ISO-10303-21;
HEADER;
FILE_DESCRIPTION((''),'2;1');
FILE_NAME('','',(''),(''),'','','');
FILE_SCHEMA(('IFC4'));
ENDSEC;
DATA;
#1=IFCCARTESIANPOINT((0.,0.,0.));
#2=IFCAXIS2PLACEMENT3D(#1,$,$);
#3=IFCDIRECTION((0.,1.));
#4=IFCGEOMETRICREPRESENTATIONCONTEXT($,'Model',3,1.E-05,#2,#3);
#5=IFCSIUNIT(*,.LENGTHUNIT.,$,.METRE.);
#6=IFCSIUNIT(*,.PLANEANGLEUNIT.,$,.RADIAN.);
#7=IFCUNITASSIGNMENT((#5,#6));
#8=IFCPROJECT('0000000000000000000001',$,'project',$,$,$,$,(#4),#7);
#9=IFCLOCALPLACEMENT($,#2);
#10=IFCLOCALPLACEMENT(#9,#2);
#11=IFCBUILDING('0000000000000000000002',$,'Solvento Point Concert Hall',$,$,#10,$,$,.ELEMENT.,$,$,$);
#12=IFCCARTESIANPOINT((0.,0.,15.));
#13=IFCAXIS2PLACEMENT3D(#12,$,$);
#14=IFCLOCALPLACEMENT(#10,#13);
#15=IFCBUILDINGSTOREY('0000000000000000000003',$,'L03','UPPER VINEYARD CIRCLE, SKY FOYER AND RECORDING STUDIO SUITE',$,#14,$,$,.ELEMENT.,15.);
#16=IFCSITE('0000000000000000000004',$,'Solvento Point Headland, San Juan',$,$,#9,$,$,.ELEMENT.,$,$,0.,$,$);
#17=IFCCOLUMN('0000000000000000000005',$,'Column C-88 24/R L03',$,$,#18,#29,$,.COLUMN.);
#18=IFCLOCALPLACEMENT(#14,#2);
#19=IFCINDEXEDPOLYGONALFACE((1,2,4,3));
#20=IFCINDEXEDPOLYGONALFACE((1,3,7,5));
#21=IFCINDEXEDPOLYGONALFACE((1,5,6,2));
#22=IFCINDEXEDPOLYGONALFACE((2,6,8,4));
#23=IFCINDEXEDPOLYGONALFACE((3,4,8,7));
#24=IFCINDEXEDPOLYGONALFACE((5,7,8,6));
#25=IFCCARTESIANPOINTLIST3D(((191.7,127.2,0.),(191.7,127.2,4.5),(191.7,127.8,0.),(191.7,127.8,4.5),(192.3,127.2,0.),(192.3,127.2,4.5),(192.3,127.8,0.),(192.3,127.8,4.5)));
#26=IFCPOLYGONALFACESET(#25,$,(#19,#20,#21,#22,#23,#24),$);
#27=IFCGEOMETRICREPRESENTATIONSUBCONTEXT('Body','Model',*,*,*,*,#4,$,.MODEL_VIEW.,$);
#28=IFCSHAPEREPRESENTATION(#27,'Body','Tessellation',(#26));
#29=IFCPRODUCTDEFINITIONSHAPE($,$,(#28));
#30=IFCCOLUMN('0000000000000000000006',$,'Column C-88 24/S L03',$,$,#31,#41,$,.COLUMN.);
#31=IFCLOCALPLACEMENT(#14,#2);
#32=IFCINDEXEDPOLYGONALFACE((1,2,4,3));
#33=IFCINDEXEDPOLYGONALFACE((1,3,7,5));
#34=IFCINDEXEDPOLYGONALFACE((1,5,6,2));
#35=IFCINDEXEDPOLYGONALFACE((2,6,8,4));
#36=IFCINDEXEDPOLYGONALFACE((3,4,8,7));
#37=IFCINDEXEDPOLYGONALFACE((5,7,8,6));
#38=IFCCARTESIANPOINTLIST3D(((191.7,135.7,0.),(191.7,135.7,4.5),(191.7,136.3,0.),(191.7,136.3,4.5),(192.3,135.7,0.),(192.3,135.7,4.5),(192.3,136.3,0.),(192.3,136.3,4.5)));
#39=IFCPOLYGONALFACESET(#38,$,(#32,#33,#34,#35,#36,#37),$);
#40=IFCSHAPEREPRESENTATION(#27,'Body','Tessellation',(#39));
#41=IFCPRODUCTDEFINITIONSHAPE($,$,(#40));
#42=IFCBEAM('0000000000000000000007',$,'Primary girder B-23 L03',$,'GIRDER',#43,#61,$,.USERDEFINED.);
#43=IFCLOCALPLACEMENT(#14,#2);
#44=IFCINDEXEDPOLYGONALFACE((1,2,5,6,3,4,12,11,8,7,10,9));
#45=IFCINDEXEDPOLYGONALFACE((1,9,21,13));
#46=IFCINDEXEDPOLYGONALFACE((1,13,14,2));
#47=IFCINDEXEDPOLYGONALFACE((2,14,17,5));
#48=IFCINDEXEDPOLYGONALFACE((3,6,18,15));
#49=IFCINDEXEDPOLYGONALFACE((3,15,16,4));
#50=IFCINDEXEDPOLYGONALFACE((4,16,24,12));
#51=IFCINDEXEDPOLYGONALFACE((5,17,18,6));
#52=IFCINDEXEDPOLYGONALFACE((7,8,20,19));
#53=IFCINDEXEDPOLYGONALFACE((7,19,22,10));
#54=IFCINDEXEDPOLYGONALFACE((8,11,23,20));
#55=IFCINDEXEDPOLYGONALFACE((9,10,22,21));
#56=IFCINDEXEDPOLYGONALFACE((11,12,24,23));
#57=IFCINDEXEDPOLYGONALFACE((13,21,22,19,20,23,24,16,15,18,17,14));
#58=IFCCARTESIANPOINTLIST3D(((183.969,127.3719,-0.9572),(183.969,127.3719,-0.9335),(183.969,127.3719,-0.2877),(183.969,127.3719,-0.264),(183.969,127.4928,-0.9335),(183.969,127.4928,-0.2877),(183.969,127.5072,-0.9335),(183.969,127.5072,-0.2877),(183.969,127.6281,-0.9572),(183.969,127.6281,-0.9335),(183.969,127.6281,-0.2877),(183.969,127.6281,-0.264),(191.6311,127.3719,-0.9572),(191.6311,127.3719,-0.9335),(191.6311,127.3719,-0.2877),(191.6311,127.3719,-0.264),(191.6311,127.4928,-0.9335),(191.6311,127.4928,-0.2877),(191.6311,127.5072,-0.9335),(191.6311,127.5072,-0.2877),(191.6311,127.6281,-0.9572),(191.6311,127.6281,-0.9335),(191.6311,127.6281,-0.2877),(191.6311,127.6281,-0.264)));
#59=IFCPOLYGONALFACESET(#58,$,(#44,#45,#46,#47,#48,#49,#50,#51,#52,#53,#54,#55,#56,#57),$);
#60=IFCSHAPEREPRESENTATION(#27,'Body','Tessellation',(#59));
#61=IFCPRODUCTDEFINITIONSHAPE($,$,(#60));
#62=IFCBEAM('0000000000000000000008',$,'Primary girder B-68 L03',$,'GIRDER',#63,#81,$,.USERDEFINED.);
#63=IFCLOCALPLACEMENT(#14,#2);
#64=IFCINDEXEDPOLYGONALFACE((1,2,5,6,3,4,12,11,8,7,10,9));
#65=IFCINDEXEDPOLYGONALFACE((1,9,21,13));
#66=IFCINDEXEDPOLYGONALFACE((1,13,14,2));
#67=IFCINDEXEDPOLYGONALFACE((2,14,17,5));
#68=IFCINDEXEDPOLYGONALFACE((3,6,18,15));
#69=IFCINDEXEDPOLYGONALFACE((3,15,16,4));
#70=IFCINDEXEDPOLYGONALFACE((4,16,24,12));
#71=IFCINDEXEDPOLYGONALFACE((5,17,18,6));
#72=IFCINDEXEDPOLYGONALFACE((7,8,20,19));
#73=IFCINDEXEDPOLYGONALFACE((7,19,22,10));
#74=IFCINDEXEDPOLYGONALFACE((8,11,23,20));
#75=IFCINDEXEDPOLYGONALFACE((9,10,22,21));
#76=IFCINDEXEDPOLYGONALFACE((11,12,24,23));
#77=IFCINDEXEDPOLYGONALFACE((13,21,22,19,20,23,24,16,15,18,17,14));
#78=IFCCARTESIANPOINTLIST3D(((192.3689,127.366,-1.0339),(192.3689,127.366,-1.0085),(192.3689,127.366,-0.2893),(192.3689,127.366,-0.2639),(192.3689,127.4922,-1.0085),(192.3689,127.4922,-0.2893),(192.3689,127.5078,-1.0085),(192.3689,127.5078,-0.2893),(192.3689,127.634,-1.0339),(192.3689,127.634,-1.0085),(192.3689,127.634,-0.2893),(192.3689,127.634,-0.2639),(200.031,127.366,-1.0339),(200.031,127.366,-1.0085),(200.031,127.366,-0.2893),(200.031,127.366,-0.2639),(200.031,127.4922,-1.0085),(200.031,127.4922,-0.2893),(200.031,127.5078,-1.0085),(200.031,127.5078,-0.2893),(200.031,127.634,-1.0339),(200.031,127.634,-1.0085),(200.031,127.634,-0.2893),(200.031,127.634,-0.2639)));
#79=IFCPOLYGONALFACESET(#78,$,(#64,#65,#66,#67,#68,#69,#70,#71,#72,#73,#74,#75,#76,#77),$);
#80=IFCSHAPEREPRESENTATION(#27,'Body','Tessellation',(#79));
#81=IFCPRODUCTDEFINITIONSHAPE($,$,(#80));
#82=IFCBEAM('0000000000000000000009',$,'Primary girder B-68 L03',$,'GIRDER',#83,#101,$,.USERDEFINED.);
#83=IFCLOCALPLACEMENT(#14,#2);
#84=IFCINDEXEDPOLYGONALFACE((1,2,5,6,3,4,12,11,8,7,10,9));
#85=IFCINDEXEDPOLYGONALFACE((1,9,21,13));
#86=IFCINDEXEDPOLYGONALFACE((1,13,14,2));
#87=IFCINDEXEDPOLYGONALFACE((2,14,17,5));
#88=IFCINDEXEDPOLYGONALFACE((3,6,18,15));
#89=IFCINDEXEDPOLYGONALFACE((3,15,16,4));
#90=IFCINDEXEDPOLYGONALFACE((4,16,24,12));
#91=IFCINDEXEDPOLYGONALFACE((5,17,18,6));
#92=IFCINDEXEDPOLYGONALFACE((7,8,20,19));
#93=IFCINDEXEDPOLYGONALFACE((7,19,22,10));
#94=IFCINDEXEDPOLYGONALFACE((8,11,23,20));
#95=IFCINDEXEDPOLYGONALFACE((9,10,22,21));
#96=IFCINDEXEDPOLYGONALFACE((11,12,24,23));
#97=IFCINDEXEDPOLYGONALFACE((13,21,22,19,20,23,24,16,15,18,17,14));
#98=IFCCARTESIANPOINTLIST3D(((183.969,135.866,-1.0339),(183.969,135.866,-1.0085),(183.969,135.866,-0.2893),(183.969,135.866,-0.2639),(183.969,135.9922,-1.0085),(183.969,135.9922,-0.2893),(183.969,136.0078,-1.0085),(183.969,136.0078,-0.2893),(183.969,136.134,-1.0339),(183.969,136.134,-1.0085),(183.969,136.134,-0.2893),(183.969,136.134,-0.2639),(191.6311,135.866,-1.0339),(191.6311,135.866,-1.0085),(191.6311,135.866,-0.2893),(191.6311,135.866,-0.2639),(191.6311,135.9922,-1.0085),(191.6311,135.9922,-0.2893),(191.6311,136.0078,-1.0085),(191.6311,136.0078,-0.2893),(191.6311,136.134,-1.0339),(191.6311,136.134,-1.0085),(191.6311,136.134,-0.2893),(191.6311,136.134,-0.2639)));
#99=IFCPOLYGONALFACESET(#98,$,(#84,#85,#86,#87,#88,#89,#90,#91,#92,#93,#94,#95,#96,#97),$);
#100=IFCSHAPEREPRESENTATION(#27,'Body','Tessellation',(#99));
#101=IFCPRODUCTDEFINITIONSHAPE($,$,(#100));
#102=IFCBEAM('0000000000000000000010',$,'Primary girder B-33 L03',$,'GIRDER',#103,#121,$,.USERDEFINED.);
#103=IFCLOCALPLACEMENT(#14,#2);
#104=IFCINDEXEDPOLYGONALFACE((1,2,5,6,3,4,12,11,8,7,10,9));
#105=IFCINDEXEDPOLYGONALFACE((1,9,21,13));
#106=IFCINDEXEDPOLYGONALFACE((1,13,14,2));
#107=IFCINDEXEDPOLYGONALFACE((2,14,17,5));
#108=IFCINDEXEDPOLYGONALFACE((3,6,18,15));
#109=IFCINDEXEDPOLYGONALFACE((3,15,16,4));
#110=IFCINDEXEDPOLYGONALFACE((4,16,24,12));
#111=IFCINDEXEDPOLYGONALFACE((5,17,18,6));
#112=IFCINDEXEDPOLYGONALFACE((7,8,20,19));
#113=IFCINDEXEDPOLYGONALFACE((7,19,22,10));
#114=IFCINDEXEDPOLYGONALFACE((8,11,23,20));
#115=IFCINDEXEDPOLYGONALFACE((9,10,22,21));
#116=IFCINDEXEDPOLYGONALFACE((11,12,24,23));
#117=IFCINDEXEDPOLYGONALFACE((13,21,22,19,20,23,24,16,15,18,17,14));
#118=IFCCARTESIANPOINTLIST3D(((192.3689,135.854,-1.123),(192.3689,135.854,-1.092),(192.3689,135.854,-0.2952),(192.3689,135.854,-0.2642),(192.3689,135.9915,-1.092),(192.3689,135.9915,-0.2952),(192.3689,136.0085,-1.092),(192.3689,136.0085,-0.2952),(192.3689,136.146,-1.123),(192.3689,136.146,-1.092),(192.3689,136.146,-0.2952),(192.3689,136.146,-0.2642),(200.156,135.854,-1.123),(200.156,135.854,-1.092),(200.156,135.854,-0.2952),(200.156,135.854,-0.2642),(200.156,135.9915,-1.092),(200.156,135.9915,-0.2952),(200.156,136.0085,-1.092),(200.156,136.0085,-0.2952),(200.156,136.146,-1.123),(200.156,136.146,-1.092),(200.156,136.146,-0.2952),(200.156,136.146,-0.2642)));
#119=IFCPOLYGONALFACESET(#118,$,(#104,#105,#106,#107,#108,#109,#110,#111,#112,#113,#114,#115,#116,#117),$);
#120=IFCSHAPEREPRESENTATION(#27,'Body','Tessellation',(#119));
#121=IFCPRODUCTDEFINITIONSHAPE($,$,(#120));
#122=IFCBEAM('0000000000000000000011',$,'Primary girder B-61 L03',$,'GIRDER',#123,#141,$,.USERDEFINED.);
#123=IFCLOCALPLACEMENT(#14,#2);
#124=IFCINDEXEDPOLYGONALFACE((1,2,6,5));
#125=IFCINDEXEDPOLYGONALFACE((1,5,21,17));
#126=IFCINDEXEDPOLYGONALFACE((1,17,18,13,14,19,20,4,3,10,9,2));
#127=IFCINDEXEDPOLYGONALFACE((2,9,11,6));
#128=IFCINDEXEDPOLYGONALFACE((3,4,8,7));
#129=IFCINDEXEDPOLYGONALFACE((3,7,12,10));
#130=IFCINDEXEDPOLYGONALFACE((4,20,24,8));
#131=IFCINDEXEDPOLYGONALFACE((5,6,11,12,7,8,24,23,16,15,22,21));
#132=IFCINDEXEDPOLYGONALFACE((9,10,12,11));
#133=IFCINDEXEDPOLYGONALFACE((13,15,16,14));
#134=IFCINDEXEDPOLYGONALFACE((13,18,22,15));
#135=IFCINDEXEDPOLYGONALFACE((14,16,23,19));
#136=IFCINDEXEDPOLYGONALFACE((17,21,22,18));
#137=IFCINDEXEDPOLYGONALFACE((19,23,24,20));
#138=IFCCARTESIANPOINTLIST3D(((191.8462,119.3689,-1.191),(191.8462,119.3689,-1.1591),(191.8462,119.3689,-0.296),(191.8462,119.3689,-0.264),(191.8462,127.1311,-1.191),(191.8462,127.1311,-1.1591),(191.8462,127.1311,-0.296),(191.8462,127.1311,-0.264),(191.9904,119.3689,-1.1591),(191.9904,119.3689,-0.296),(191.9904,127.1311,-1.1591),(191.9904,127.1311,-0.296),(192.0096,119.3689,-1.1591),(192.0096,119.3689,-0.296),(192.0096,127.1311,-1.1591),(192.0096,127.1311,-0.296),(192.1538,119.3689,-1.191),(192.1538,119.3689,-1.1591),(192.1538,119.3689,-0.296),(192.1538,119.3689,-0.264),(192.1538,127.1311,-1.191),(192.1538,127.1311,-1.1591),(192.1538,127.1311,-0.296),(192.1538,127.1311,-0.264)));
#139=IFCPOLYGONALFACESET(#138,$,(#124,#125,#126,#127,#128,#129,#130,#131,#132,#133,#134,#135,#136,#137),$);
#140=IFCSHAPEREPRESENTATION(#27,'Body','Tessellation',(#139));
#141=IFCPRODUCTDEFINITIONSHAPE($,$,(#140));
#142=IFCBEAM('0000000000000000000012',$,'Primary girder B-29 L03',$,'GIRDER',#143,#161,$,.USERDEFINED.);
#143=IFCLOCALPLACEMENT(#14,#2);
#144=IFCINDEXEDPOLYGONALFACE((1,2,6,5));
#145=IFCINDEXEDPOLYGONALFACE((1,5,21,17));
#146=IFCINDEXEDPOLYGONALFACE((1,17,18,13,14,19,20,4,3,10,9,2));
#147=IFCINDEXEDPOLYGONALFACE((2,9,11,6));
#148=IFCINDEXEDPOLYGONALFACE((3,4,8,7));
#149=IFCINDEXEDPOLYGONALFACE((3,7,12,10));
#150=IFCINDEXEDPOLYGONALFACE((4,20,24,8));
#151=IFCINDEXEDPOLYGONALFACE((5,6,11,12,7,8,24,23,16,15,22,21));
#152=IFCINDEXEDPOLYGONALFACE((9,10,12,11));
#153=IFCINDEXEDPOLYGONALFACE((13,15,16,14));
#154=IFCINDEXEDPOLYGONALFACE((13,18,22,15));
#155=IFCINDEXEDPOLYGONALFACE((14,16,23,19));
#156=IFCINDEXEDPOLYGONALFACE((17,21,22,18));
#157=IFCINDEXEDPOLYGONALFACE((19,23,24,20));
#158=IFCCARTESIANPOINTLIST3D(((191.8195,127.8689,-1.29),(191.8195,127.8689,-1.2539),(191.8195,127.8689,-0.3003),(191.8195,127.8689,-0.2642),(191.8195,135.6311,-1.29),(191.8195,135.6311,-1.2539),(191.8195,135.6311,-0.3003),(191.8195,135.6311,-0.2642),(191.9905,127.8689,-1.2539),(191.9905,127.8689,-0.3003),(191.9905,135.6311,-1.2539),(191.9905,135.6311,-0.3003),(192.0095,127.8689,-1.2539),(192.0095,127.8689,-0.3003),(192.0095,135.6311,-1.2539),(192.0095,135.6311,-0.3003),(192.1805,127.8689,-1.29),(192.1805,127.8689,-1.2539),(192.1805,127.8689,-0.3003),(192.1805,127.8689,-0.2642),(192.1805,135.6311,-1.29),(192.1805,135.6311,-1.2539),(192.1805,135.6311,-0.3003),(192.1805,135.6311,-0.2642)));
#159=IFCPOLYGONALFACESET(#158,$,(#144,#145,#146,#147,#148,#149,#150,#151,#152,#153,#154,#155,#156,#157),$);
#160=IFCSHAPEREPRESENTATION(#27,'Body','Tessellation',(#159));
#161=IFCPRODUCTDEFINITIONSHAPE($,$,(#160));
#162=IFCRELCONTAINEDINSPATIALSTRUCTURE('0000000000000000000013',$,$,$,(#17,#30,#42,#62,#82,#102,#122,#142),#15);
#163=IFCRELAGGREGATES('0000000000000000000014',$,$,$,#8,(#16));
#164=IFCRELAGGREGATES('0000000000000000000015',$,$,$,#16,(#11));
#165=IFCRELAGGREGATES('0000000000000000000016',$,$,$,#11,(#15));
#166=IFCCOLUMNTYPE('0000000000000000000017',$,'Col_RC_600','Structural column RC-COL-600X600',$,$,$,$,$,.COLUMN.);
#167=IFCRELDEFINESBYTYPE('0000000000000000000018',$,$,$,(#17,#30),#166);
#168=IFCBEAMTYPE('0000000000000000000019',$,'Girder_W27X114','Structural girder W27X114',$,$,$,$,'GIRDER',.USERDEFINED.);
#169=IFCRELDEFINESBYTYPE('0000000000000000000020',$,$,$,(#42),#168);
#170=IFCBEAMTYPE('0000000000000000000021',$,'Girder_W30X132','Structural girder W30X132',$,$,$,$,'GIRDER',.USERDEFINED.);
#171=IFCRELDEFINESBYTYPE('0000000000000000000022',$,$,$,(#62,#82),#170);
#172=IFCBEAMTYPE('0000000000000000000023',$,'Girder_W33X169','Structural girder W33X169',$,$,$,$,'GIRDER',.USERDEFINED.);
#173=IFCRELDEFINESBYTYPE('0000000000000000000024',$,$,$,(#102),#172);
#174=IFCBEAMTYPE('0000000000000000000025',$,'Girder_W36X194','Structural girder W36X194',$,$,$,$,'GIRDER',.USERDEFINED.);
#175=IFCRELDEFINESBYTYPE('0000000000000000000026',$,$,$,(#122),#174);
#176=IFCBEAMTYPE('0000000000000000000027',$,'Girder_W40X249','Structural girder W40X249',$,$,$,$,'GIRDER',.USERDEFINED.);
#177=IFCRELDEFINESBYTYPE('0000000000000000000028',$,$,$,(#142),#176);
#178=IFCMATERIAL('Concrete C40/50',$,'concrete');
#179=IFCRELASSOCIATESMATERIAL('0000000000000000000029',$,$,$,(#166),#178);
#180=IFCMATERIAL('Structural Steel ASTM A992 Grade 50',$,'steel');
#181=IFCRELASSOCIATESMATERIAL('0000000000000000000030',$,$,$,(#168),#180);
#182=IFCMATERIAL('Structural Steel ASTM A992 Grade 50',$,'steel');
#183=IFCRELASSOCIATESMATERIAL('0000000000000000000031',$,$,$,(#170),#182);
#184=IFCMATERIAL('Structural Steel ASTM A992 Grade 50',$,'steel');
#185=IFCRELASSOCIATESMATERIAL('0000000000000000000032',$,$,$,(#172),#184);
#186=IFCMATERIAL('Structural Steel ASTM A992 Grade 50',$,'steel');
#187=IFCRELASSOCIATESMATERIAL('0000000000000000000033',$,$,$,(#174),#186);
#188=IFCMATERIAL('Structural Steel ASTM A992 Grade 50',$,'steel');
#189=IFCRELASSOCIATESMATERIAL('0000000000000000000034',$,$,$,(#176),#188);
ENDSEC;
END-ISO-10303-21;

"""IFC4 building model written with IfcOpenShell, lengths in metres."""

from ifc_helpers import new_model, si_unit, direction, frame, origin, origin_2d, place, context, subcontext, project, spatial, rectangle, i_section, extrude, material, material_profile, profile_set, type_object, element, save


model = new_model("IFC4")

# Units and contexts
model_context = context("Model", 3, precision=1e-05, world=origin(), true_north=direction((0.0, 1.0)))
body_context = subcontext(model_context, "Body", "Model", "MODEL_VIEW")
ifc_project = project(units=[si_unit("LENGTHUNIT", "METRE"), si_unit("PLANEANGLEUNIT", "RADIAN")], contexts=[model_context])

# Site, building, storey
site_placement = place(None, origin())
site = spatial("IfcSite", under=ifc_project, at=site_placement, Name="Solvento Point Headland, San Juan", CompositionType="ELEMENT", RefElevation=0.0)
building_placement = place(site_placement, origin())
building = spatial("IfcBuilding", under=site, at=building_placement, Name="Solvento Point Concert Hall", CompositionType="ELEMENT")
storey_placement = place(building_placement, frame((0.0, 0.0, 15.0)))
storey = spatial("IfcBuildingStorey", under=building, at=storey_placement, Name="L03", Description="UPPER VINEYARD CIRCLE, SKY FOYER AND RECORDING STUDIO SUITE", CompositionType="ELEMENT", Elevation=15.0)

# Columns
ifc_material_1 = material(Name="Concrete C40/50", Category="concrete")
ifc_material_profile_1 = material_profile(ifc_material_1, rectangle(XDim=0.6001, YDim=0.6001, at=origin_2d()), Name="RC-COL-600X600")
ifc_profile_set_1 = profile_set([ifc_material_profile_1], Name="Concrete C40/50")
column_type = type_object("IfcColumnType", Name="Col_RC_600", Description="Structural column RC-COL-600X600", PredefinedType="COLUMN", material=ifc_profile_set_1)
for number, where, z_axis, x_axis, name in (
    (1, (192.0, 127.5, 0.0), (0.0, 0.0, 1.0), (1.0, 0.0, 0.0), "Column C-88 24/R L03"),
    (2, (192.0, 136.0, 0.0), (0.0, 0.0, 1.0), (1.0, 0.0, 0.0), "Column C-88 24/S L03"),
):
    element("IfcColumn", number, at=place(storey_placement, frame(where, z_axis=z_axis, x_axis=x_axis)), inside=storey, type_object=column_type, Name=name, PredefinedType="COLUMN", context=body_context, shape_type="SweptSolid", body=[
        extrude(rectangle(XDim=0.6001, YDim=0.6001, at=origin_2d()), origin(), (0.0, 0.0, 1.0), 4.5),
    ])

# Beams
ifc_material_2 = material(Name="Structural Steel ASTM A992 Grade 50", Category="steel")
ifc_material_profile_2 = material_profile(ifc_material_2, i_section(OverallWidth=0.2561, OverallDepth=0.6931, WebThickness=0.0144, FlangeThickness=0.0237, at=origin_2d()), Name="W27X114")
ifc_profile_set_2 = profile_set([ifc_material_profile_2], Name="Structural Steel ASTM A992 Grade 50")
beam_type_1 = type_object("IfcBeamType", Name="Girder_W27X114", Description="Structural girder W27X114", ElementType="GIRDER", PredefinedType="USERDEFINED", material=ifc_profile_set_2)
beam_1_placement = place(storey_placement, frame((183.969, 127.5, -0.6106), z_axis=(1.0, 0.0, 0.0), x_axis=(0.0, 1.0, 0.0)))
element("IfcBeam", 3, at=beam_1_placement, inside=storey, type_object=beam_type_1, Name="Primary girder B-23 L03", ObjectType="GIRDER", PredefinedType="USERDEFINED", context=body_context, shape_type="SweptSolid", body=[
    extrude(i_section(OverallWidth=0.2561, OverallDepth=0.6931, WebThickness=0.0144, FlangeThickness=0.0237, at=origin_2d()), origin(), (0.0, 0.0, 1.0), 7.6621),
])
ifc_material_3 = material(Name="Structural Steel ASTM A992 Grade 50", Category="steel")
ifc_material_profile_3 = material_profile(ifc_material_3, i_section(OverallWidth=0.2681, OverallDepth=0.77, WebThickness=0.0156, FlangeThickness=0.0254, at=origin_2d()), Name="W30X132")
ifc_profile_set_3 = profile_set([ifc_material_profile_3], Name="Structural Steel ASTM A992 Grade 50")
beam_type_2 = type_object("IfcBeamType", Name="Girder_W30X132", Description="Structural girder W30X132", ElementType="GIRDER", PredefinedType="USERDEFINED", material=ifc_profile_set_3)
for number, where, z_axis, x_axis, name in (
    (4, (192.3689, 127.5, -0.6489), (1.0, 0.0, 0.0), (0.0, 1.0, 0.0), "Primary girder B-68 L03"),
    (5, (183.969, 136.0, -0.6489), (1.0, 0.0, 0.0), (0.0, 1.0, 0.0), "Primary girder B-68 L03"),
):
    element("IfcBeam", number, at=place(storey_placement, frame(where, z_axis=z_axis, x_axis=x_axis)), inside=storey, type_object=beam_type_2, Name=name, ObjectType="GIRDER", PredefinedType="USERDEFINED", context=body_context, shape_type="SweptSolid", body=[
        extrude(i_section(OverallWidth=0.2681, OverallDepth=0.77, WebThickness=0.0156, FlangeThickness=0.0254, at=origin_2d()), origin(), (0.0, 0.0, 1.0), 7.6621),
    ])
ifc_material_4 = material(Name="Structural Steel ASTM A992 Grade 50", Category="steel")
ifc_material_profile_4 = material_profile(ifc_material_4, i_section(OverallWidth=0.292, OverallDepth=0.8589, WebThickness=0.0171, FlangeThickness=0.031, at=origin_2d()), Name="W33X169")
ifc_profile_set_4 = profile_set([ifc_material_profile_4], Name="Structural Steel ASTM A992 Grade 50")
beam_type_3 = type_object("IfcBeamType", Name="Girder_W33X169", Description="Structural girder W33X169", ElementType="GIRDER", PredefinedType="USERDEFINED", material=ifc_profile_set_4)
beam_2_placement = place(storey_placement, frame((192.3689, 136.0, -0.6936), z_axis=(1.0, 0.0, 0.0), x_axis=(0.0, 1.0, 0.0)))
element("IfcBeam", 6, at=beam_2_placement, inside=storey, type_object=beam_type_3, Name="Primary girder B-33 L03", ObjectType="GIRDER", PredefinedType="USERDEFINED", context=body_context, shape_type="SweptSolid", body=[
    extrude(i_section(OverallWidth=0.292, OverallDepth=0.8589, WebThickness=0.0171, FlangeThickness=0.031, at=origin_2d()), origin(), (0.0, 0.0, 1.0), 7.7871),
])
ifc_material_5 = material(Name="Structural Steel ASTM A992 Grade 50", Category="steel")
ifc_material_profile_5 = material_profile(ifc_material_5, i_section(OverallWidth=0.3076, OverallDepth=0.927, WebThickness=0.0193, FlangeThickness=0.032, at=origin_2d()), Name="W36X194")
ifc_profile_set_5 = profile_set([ifc_material_profile_5], Name="Structural Steel ASTM A992 Grade 50")
beam_type_4 = type_object("IfcBeamType", Name="Girder_W36X194", Description="Structural girder W36X194", ElementType="GIRDER", PredefinedType="USERDEFINED", material=ifc_profile_set_5)
beam_3_placement = place(storey_placement, frame((192.0, 119.3689, -0.7275), z_axis=(0.0, 1.0, 0.0), x_axis=(-1.0, 0.0, 0.0)))
element("IfcBeam", 7, at=beam_3_placement, inside=storey, type_object=beam_type_4, Name="Primary girder B-61 L03", ObjectType="GIRDER", PredefinedType="USERDEFINED", context=body_context, shape_type="SweptSolid", body=[
    extrude(i_section(OverallWidth=0.3076, OverallDepth=0.927, WebThickness=0.0193, FlangeThickness=0.032, at=origin_2d()), origin(), (0.0, 0.0, 1.0), 7.7622),
])
ifc_material_6 = material(Name="Structural Steel ASTM A992 Grade 50", Category="steel")
ifc_material_profile_6 = material_profile(ifc_material_6, i_section(OverallWidth=0.3611, OverallDepth=1.0259, WebThickness=0.019, FlangeThickness=0.0361, at=origin_2d()), Name="W40X249")
ifc_profile_set_6 = profile_set([ifc_material_profile_6], Name="Structural Steel ASTM A992 Grade 50")
beam_type_5 = type_object("IfcBeamType", Name="Girder_W40X249", Description="Structural girder W40X249", ElementType="GIRDER", PredefinedType="USERDEFINED", material=ifc_profile_set_6)
beam_4_placement = place(storey_placement, frame((192.0, 127.8689, -0.7771), z_axis=(0.0, 1.0, 0.0), x_axis=(-1.0, 0.0, 0.0)))
element("IfcBeam", 8, at=beam_4_placement, inside=storey, type_object=beam_type_5, Name="Primary girder B-29 L03", ObjectType="GIRDER", PredefinedType="USERDEFINED", context=body_context, shape_type="SweptSolid", body=[
    extrude(i_section(OverallWidth=0.3611, OverallDepth=1.0259, WebThickness=0.019, FlangeThickness=0.0361, at=origin_2d()), origin(), (0.0, 0.0, 1.0), 7.7622),
])

save(model, "model.ifc")
